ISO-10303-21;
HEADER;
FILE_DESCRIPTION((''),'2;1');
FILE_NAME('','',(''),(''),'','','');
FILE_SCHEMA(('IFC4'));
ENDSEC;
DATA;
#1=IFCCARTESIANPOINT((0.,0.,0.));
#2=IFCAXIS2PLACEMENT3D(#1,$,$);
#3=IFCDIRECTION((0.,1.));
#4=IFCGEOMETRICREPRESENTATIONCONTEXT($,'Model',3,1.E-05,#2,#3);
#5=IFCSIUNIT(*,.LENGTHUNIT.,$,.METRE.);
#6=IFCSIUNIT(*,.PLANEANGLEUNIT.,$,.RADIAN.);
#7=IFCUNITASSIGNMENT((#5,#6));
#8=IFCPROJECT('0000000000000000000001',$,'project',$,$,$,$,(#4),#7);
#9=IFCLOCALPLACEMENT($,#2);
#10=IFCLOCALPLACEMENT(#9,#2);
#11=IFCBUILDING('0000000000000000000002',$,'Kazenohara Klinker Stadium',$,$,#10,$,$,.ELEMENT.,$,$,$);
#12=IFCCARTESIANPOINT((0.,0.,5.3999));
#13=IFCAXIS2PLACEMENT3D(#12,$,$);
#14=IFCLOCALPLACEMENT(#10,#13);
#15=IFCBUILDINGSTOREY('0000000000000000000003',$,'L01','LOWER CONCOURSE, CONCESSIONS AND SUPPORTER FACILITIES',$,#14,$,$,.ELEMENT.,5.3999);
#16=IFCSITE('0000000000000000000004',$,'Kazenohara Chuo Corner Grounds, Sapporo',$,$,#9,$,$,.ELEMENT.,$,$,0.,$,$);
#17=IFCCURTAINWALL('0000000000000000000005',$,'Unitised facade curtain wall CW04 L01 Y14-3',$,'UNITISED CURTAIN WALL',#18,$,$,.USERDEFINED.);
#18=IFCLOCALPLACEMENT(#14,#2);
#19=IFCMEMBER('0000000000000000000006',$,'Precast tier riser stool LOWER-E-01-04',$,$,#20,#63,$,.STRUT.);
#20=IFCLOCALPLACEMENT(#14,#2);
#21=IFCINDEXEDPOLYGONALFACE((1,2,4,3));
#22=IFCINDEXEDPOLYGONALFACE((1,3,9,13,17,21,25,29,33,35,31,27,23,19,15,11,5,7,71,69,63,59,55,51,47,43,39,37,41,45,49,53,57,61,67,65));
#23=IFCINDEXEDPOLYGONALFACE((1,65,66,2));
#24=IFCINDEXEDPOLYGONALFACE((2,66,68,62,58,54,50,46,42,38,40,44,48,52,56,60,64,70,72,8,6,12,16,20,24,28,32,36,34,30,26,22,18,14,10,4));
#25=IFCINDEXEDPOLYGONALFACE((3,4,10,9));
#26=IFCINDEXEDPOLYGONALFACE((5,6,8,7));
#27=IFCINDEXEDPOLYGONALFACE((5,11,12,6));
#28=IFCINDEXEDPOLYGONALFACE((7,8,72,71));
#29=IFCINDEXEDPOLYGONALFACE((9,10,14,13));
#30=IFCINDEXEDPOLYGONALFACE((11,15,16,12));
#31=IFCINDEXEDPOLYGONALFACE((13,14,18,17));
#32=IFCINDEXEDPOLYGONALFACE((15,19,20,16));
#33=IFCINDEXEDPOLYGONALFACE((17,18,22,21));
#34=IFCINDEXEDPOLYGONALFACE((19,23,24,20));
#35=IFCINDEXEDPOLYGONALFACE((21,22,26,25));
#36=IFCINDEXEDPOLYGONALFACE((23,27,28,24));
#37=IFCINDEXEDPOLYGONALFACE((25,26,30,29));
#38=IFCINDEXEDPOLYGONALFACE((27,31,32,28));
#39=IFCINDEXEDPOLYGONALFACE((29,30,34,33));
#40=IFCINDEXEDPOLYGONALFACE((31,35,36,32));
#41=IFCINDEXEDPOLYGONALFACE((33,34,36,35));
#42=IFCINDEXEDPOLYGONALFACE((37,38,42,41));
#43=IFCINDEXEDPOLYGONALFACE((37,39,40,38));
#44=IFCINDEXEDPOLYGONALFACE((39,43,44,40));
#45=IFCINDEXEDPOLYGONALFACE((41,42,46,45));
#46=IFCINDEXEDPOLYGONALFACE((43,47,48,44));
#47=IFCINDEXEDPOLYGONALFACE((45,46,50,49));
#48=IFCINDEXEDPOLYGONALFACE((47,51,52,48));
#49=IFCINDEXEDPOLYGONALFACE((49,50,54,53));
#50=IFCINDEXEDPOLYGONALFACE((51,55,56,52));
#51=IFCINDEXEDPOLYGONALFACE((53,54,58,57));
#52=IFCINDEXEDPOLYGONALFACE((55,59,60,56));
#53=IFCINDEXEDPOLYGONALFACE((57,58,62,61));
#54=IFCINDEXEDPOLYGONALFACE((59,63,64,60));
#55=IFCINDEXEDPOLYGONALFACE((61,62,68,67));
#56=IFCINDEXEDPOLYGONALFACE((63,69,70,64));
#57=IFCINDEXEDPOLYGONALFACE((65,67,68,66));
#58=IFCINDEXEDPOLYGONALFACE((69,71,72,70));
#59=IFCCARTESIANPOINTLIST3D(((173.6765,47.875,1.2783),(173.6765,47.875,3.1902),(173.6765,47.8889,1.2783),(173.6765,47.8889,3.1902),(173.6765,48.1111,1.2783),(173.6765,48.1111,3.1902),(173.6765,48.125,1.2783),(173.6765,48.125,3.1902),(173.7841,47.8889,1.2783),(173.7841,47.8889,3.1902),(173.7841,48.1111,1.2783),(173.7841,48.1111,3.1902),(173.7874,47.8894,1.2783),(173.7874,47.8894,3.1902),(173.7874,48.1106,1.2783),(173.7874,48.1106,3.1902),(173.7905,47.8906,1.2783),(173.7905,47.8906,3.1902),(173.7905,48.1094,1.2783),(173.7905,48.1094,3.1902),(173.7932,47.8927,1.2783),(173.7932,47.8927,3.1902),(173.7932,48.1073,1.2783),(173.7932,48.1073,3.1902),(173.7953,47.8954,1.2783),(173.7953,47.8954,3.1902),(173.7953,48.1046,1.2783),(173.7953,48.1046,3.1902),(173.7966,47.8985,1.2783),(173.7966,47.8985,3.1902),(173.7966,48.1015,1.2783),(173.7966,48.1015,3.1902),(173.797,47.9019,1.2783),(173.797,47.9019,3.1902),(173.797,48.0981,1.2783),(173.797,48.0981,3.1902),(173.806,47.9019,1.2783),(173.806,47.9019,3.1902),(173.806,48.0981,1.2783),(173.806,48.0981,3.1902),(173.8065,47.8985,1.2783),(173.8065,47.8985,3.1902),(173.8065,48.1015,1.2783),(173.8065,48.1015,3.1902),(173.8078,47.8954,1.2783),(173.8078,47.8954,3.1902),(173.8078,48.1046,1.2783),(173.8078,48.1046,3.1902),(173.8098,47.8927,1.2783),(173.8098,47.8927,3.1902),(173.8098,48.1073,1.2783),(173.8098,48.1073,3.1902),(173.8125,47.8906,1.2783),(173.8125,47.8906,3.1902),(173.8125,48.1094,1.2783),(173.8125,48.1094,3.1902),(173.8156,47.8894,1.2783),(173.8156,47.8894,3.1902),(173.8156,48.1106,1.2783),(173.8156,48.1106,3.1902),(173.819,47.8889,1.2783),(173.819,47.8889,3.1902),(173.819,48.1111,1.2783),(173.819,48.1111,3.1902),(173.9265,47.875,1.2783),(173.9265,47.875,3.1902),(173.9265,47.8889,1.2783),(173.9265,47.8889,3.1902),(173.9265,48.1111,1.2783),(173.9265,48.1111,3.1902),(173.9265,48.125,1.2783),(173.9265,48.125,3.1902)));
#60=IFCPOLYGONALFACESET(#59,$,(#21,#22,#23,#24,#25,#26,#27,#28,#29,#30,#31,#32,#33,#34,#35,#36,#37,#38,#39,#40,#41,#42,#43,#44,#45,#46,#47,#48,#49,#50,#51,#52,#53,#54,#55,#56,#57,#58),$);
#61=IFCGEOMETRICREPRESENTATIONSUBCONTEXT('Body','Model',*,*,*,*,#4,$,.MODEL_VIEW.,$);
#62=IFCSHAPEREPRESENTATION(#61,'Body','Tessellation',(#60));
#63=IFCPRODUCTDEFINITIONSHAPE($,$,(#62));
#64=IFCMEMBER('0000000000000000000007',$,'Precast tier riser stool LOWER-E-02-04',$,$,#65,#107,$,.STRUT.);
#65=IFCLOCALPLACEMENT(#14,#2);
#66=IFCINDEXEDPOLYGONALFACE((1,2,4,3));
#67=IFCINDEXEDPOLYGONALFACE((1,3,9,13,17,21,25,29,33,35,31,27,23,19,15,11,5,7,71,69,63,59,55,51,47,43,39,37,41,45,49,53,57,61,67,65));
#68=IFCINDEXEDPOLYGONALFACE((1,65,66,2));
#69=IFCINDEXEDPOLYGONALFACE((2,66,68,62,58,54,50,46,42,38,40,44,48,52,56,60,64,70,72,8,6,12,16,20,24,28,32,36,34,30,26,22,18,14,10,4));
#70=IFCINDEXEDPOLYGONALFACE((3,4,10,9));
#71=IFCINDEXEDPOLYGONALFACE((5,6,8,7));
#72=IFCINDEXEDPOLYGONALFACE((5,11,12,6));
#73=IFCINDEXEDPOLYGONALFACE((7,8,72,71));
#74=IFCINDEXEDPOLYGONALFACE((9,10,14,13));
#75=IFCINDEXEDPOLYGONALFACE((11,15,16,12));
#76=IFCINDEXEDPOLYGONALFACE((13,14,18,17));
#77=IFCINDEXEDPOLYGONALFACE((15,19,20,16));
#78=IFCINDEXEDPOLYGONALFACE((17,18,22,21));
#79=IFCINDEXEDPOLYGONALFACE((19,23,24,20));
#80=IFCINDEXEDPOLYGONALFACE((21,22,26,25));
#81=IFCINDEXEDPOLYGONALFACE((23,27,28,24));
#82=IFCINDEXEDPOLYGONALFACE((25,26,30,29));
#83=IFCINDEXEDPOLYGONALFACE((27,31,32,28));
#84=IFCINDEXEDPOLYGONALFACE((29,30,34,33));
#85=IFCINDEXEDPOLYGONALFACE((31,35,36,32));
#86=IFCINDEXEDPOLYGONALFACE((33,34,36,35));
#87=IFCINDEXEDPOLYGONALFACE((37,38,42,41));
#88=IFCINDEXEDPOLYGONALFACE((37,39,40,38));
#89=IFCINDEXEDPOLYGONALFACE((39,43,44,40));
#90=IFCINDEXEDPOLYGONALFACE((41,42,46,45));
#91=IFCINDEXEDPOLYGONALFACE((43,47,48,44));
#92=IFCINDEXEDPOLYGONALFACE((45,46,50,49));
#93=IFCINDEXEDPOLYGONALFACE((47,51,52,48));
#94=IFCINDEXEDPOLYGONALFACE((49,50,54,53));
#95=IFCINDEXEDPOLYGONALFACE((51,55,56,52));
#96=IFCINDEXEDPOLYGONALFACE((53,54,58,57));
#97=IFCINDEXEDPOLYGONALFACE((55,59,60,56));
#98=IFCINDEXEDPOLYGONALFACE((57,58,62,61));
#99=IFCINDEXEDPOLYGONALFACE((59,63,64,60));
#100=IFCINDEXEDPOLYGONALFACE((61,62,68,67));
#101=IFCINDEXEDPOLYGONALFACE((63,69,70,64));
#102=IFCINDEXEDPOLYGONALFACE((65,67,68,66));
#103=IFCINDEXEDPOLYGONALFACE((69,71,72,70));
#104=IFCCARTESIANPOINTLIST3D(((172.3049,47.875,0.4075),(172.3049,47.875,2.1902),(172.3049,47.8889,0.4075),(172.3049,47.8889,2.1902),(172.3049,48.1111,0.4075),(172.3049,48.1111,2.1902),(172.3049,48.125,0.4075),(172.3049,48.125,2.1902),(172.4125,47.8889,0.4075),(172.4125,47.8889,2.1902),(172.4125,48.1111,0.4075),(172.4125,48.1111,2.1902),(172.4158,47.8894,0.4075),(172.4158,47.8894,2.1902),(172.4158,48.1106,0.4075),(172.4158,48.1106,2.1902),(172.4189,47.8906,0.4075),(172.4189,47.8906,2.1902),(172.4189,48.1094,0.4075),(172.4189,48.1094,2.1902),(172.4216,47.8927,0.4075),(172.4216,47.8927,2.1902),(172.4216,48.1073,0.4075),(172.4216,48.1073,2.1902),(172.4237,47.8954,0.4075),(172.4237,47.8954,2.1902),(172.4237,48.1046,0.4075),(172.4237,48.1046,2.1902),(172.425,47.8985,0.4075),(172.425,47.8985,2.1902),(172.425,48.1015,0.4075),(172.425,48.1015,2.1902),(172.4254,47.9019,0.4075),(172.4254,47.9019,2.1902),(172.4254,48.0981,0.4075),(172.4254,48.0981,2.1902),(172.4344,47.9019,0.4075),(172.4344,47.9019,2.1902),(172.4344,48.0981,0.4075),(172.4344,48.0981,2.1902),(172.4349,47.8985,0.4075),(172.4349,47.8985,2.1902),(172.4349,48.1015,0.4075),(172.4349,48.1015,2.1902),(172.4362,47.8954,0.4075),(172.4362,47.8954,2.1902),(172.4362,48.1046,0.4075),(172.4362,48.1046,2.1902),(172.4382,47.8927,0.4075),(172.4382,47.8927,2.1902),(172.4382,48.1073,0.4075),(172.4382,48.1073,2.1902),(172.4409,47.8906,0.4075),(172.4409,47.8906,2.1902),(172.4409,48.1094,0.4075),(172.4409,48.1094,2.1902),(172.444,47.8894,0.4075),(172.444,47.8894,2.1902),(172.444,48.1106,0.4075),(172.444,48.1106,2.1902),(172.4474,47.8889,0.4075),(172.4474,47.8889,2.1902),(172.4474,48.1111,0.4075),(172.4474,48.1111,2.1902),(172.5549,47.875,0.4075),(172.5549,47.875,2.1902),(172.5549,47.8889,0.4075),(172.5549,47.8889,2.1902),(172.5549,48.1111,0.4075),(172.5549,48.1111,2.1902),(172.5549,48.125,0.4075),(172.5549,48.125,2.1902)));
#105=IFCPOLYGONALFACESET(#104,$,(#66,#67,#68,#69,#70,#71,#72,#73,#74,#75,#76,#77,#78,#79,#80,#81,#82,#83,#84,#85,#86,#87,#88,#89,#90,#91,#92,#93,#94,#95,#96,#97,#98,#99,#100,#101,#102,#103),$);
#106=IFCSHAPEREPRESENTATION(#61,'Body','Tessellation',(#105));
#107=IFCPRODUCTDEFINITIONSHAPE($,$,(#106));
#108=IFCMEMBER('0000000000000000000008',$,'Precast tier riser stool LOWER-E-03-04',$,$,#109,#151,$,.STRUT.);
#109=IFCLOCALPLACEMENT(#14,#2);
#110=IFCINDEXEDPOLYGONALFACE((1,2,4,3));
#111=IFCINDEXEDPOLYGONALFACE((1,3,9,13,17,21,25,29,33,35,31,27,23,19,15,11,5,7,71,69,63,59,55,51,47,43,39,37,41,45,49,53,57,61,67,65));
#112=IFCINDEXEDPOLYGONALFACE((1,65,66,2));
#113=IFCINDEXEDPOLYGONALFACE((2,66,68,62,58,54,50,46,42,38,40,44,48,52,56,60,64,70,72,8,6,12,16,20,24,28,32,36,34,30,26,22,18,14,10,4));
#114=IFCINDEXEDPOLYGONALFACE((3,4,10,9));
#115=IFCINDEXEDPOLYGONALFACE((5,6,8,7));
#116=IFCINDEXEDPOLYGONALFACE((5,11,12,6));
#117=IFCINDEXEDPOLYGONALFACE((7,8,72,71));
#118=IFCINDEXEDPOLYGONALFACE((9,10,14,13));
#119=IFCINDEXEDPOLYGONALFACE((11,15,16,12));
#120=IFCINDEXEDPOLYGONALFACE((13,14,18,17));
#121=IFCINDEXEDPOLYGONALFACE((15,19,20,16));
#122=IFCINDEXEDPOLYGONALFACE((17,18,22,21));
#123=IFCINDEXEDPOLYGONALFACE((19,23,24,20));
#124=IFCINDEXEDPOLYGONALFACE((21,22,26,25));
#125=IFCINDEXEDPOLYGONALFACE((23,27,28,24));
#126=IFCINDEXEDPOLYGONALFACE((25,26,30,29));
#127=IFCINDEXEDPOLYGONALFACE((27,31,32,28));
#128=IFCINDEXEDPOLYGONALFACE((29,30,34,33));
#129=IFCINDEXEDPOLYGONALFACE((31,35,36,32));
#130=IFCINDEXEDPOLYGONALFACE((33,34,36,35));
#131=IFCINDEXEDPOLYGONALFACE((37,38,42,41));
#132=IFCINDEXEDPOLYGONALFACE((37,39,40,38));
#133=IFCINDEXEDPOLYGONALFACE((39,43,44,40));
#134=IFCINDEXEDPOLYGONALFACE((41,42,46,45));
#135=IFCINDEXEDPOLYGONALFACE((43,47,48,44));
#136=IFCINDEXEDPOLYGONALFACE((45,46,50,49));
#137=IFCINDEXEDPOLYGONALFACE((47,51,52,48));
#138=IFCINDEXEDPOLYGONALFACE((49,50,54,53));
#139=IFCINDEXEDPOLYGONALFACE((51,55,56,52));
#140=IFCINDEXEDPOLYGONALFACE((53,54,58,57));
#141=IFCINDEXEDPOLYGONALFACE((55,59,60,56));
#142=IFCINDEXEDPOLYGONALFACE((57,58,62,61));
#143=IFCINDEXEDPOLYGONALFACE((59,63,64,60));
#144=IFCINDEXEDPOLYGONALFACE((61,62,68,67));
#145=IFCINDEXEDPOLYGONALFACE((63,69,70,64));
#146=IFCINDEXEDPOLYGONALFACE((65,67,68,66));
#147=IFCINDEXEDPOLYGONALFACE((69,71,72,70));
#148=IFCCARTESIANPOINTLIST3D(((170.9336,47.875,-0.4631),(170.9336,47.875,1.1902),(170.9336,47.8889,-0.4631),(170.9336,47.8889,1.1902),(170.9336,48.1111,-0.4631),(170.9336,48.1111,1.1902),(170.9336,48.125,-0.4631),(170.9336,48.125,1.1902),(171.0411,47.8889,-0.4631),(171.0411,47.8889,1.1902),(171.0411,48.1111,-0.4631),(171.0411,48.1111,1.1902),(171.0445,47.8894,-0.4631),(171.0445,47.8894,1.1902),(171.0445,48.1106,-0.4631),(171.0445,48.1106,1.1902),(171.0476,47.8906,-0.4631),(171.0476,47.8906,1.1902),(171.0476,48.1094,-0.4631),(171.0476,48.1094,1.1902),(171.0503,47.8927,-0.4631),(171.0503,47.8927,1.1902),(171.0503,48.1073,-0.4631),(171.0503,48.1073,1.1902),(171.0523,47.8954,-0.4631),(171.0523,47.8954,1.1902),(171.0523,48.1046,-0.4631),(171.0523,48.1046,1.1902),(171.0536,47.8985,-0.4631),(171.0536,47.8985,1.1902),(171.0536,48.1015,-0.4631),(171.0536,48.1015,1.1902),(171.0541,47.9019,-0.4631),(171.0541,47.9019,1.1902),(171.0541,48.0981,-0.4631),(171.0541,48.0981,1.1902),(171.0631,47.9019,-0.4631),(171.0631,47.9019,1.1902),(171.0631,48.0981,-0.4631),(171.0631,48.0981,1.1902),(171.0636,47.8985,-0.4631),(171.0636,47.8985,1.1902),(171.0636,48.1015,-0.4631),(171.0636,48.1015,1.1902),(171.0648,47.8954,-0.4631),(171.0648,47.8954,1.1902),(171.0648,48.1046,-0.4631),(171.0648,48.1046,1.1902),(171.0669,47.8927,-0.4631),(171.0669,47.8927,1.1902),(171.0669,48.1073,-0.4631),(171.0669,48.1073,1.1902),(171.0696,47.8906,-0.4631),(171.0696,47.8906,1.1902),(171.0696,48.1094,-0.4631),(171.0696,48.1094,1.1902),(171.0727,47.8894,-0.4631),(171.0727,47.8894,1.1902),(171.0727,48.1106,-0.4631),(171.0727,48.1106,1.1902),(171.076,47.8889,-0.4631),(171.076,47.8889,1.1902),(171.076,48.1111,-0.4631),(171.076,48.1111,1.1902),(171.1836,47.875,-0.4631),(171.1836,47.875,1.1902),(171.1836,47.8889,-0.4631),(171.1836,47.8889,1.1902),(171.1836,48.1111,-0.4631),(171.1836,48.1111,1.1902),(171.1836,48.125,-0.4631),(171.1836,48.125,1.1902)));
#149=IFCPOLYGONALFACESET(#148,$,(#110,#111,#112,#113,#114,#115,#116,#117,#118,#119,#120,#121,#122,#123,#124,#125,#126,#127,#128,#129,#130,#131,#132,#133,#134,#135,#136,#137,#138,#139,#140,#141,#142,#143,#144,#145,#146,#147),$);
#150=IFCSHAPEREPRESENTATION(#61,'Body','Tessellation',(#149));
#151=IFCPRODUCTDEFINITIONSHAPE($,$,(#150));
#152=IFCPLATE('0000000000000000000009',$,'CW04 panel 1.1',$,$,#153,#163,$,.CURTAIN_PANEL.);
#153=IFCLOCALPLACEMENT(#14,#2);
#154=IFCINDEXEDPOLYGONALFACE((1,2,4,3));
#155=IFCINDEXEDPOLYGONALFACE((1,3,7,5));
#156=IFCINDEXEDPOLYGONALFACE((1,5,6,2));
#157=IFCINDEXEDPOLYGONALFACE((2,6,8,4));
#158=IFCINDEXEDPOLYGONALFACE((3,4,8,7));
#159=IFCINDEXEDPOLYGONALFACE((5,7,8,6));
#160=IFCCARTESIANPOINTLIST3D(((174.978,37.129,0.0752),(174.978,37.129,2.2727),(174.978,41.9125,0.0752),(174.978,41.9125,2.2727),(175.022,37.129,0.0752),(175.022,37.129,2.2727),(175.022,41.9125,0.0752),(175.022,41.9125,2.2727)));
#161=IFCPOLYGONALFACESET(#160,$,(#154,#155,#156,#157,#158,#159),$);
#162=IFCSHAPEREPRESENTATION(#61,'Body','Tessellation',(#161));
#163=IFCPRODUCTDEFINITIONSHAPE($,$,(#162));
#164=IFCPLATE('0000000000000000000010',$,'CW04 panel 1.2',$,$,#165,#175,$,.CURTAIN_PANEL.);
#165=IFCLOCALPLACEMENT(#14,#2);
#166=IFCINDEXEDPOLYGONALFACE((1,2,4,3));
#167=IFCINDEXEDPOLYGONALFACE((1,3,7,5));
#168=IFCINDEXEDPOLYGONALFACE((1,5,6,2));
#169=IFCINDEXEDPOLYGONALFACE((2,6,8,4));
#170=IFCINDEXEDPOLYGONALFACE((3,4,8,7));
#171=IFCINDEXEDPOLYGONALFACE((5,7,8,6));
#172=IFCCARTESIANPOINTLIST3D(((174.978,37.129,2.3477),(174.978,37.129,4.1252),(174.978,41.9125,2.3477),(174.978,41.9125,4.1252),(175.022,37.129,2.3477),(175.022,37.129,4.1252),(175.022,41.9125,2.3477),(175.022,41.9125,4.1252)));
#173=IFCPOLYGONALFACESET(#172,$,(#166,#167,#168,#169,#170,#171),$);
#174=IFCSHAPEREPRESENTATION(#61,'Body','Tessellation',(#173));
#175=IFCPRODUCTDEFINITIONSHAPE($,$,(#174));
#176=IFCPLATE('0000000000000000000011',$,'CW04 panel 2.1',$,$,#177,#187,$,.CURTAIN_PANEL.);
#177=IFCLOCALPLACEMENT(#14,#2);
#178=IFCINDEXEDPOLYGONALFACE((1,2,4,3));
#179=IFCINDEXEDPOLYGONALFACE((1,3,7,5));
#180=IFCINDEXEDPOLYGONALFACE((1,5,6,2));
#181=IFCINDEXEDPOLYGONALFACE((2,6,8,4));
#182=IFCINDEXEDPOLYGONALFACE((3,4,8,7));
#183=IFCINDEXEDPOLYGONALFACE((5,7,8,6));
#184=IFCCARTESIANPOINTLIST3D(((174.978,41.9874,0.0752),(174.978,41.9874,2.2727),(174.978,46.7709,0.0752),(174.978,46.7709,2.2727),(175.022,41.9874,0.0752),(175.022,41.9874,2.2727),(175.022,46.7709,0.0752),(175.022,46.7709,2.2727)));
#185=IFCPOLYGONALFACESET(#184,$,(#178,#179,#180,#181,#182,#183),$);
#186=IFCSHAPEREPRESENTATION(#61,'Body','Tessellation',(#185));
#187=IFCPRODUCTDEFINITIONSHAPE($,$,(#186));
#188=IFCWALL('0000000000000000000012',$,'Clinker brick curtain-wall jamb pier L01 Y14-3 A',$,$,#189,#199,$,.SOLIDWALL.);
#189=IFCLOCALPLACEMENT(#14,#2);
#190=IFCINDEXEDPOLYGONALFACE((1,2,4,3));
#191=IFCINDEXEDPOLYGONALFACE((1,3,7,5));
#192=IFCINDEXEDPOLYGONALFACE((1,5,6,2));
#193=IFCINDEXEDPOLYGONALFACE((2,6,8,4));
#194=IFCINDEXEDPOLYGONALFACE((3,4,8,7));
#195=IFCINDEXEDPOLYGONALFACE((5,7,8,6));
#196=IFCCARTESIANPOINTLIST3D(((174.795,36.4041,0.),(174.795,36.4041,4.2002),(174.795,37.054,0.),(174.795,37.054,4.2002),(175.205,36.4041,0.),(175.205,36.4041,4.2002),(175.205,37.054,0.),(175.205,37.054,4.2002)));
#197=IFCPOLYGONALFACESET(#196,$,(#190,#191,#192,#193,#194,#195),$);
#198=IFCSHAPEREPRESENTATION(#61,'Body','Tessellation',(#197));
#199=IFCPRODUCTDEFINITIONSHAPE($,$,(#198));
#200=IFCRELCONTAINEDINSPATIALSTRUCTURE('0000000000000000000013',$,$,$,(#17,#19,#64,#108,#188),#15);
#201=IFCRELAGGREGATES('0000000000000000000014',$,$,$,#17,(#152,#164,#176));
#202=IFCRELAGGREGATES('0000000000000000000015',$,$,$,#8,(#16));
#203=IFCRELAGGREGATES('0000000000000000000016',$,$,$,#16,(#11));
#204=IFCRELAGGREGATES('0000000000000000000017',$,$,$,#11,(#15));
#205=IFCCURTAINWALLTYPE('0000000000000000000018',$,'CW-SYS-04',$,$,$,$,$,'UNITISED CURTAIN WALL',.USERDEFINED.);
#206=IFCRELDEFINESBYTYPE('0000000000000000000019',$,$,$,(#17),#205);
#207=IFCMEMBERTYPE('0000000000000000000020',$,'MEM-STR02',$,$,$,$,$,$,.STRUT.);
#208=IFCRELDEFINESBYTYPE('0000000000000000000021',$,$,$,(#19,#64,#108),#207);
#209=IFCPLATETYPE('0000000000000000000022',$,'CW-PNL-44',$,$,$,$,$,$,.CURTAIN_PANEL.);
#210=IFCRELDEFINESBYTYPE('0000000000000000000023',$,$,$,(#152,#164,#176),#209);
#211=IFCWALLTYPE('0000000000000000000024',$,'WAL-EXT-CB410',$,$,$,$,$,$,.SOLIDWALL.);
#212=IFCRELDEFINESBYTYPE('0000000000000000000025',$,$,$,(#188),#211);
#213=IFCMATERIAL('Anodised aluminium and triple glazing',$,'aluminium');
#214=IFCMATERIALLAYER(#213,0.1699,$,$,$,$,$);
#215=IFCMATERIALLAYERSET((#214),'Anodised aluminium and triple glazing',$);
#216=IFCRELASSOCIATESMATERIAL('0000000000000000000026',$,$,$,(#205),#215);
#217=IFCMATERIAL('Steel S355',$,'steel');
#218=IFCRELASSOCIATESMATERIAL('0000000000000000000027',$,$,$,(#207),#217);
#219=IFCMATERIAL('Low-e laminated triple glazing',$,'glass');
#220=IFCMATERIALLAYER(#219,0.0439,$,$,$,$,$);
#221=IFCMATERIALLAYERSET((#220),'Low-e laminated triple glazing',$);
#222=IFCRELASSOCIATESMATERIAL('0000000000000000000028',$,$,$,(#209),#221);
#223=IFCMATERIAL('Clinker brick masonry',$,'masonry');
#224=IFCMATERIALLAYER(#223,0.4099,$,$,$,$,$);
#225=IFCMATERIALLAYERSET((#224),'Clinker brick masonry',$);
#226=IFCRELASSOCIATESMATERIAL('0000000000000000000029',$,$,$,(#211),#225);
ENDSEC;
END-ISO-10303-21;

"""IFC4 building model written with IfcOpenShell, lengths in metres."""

from ifc_helpers import new_model, si_unit, direction, frame, frame_2d, origin, origin_2d, place, context, subcontext, project, spatial, rectangle, i_section, extrude, material, layer, layer_set, material_profile, profile_set, type_object, element, aggregate, save


model = new_model("IFC4")

# Units and contexts
model_context = context("Model", 3, precision=1e-05, world=origin(), true_north=direction((0.0, 1.0)))
body_context = subcontext(model_context, "Body", "Model", "MODEL_VIEW")
ifc_project = project(units=[si_unit("LENGTHUNIT", "METRE"), si_unit("PLANEANGLEUNIT", "RADIAN")], contexts=[model_context])

# Site, building, storey
site_placement = place(None, origin())
site = spatial("IfcSite", under=ifc_project, at=site_placement, Name="Kazenohara Chuo Corner Grounds, Sapporo", CompositionType="ELEMENT", RefElevation=0.0)
building_placement = place(site_placement, origin())
building = spatial("IfcBuilding", under=site, at=building_placement, Name="Kazenohara Klinker Stadium", CompositionType="ELEMENT")
storey_placement = place(building_placement, frame((0.0, 0.0, 5.3999)))
storey = spatial("IfcBuildingStorey", under=building, at=storey_placement, Name="L01", Description="LOWER CONCOURSE, CONCESSIONS AND SUPPORTER FACILITIES", CompositionType="ELEMENT", Elevation=5.3999)

# Shared definitions
ifc_material_1 = material(Name="Steel S355", Category="steel")

# Curtain wall
ifc_material_2 = material(Name="Anodised aluminium and triple glazing", Category="aluminium")
ifc_layer_1 = layer(ifc_material_2, 0.1699)
ifc_layer_set_1 = layer_set([ifc_layer_1], Name="Anodised aluminium and triple glazing")
curtain_wall_type = type_object("IfcCurtainWallType", Name="CW-SYS-04", ElementType="UNITISED CURTAIN WALL", PredefinedType="USERDEFINED", material=ifc_layer_set_1)
curtain_wall_placement = place(storey_placement, origin())
curtain_wall = element("IfcCurtainWall", 1, at=curtain_wall_placement, inside=storey, type_object=curtain_wall_type, Name="Unitised facade curtain wall CW04 L01 Y14-3", ObjectType="UNITISED CURTAIN WALL", PredefinedType="USERDEFINED")

# Members
ifc_material_profile_1 = material_profile(ifc_material_1, i_section(OverallWidth=0.25, OverallDepth=0.25, WebThickness=0.009, FlangeThickness=0.0139, FilletRadius=0.0129, at=origin_2d()), Name="H-250x250x9x14")
ifc_profile_set_1 = profile_set([ifc_material_profile_1], Name="Steel S355")
member_type_1 = type_object("IfcMemberType", Name="MEM-STR02", PredefinedType="STRUT", material=ifc_profile_set_1)
member_1_placement = place(storey_placement, frame((173.8015, 48.0, 1.2783), z_axis=(0.0, 0.0, 1.0), x_axis=(1.0, 0.0, 0.0)))
element("IfcMember", 2, at=member_1_placement, inside=storey, type_object=member_type_1, Name="Precast tier riser stool LOWER-E-01-04", PredefinedType="STRUT", context=body_context, shape_type="SweptSolid", body=[
    extrude(i_section(OverallWidth=0.25, OverallDepth=0.25, WebThickness=0.009, FlangeThickness=0.0139, FilletRadius=0.0129, at=origin_2d()), origin(), (0.0, 0.0, 1.0), 1.9119),
])
member_2_placement = place(storey_placement, frame((172.4299, 48.0, 0.4075), z_axis=(0.0, 0.0, 1.0), x_axis=(1.0, 0.0, 0.0)))
element("IfcMember", 3, at=member_2_placement, inside=storey, type_object=member_type_1, Name="Precast tier riser stool LOWER-E-02-04", PredefinedType="STRUT", context=body_context, shape_type="SweptSolid", body=[
    extrude(i_section(OverallWidth=0.25, OverallDepth=0.25, WebThickness=0.009, FlangeThickness=0.0139, FilletRadius=0.0129, at=origin_2d()), origin(), (0.0, 0.0, 1.0), 1.7827),
])
member_3_placement = place(storey_placement, frame((171.0586, 48.0, -0.4631), z_axis=(0.0, 0.0, 1.0), x_axis=(1.0, 0.0, 0.0)))
element("IfcMember", 4, at=member_3_placement, inside=storey, type_object=member_type_1, Name="Precast tier riser stool LOWER-E-03-04", PredefinedType="STRUT", context=body_context, shape_type="SweptSolid", body=[
    extrude(i_section(OverallWidth=0.25, OverallDepth=0.25, WebThickness=0.009, FlangeThickness=0.0139, FilletRadius=0.0129, at=origin_2d()), origin(), (0.0, 0.0, 1.0), 1.6533),
])

# Plates
ifc_material_3 = material(Name="Low-e laminated triple glazing", Category="glass")
ifc_layer_2 = layer(ifc_material_3, 0.0439)
ifc_layer_set_2 = layer_set([ifc_layer_2], Name="Low-e laminated triple glazing")
plate_type = type_object("IfcPlateType", Name="CW-PNL-44", PredefinedType="CURTAIN_PANEL", material=ifc_layer_set_2)
plate_1_placement = place(storey_placement, frame((175.0, 39.5208, 0.0752), z_axis=(0.0, 0.0, 1.0), x_axis=(0.0, 1.0, 0.0)))
plate_1 = element("IfcPlate", 5, at=plate_1_placement, type_object=plate_type, Name="CW04 panel 1.1", PredefinedType="CURTAIN_PANEL", context=body_context, shape_type="SweptSolid", body=[
    extrude(rectangle(XDim=4.7834, YDim=0.0439, at=origin_2d()), origin(), (0.0, 0.0, 1.0), 2.1975),
])
plate_2_placement = place(storey_placement, frame((175.0, 39.5208, 2.3477), z_axis=(0.0, 0.0, 1.0), x_axis=(0.0, 1.0, 0.0)))
plate_2 = element("IfcPlate", 6, at=plate_2_placement, type_object=plate_type, Name="CW04 panel 1.2", PredefinedType="CURTAIN_PANEL", context=body_context, shape_type="SweptSolid", body=[
    extrude(rectangle(XDim=4.7834, YDim=0.0439, at=origin_2d()), origin(), (0.0, 0.0, 1.0), 1.7776),
])
plate_3_placement = place(storey_placement, frame((175.0, 44.3792, 0.0752), z_axis=(0.0, 0.0, 1.0), x_axis=(0.0, 1.0, 0.0)))
plate_3 = element("IfcPlate", 7, at=plate_3_placement, type_object=plate_type, Name="CW04 panel 2.1", PredefinedType="CURTAIN_PANEL", context=body_context, shape_type="SweptSolid", body=[
    extrude(rectangle(XDim=4.7834, YDim=0.0439, at=origin_2d()), origin(), (0.0, 0.0, 1.0), 2.1975),
])
aggregate(curtain_wall, [plate_1, plate_2, plate_3])

# Wall
ifc_material_4 = material(Name="Clinker brick masonry", Category="masonry")
ifc_layer_3 = layer(ifc_material_4, 0.4099)
ifc_layer_set_3 = layer_set([ifc_layer_3], Name="Clinker brick masonry")
wall_type = type_object("IfcWallType", Name="WAL-EXT-CB410", PredefinedType="SOLIDWALL", material=ifc_layer_set_3)
wall_placement = place(storey_placement, frame((175.0, 36.4041, 0.0), z_axis=(0.0, 0.0, 1.0), x_axis=(0.0, 1.0, 0.0)))
element("IfcWall", 8, at=wall_placement, inside=storey, type_object=wall_type, Name="Clinker brick curtain-wall jamb pier L01 Y14-3 A", PredefinedType="SOLIDWALL", context=body_context, shape_type="SweptSolid", body=[
    extrude(rectangle(XDim=0.6499, YDim=0.4099, at=frame_2d((0.325, 0.0))), origin(), (0.0, 0.0, 1.0), 4.2002),
])

save(model, "model.ifc")
